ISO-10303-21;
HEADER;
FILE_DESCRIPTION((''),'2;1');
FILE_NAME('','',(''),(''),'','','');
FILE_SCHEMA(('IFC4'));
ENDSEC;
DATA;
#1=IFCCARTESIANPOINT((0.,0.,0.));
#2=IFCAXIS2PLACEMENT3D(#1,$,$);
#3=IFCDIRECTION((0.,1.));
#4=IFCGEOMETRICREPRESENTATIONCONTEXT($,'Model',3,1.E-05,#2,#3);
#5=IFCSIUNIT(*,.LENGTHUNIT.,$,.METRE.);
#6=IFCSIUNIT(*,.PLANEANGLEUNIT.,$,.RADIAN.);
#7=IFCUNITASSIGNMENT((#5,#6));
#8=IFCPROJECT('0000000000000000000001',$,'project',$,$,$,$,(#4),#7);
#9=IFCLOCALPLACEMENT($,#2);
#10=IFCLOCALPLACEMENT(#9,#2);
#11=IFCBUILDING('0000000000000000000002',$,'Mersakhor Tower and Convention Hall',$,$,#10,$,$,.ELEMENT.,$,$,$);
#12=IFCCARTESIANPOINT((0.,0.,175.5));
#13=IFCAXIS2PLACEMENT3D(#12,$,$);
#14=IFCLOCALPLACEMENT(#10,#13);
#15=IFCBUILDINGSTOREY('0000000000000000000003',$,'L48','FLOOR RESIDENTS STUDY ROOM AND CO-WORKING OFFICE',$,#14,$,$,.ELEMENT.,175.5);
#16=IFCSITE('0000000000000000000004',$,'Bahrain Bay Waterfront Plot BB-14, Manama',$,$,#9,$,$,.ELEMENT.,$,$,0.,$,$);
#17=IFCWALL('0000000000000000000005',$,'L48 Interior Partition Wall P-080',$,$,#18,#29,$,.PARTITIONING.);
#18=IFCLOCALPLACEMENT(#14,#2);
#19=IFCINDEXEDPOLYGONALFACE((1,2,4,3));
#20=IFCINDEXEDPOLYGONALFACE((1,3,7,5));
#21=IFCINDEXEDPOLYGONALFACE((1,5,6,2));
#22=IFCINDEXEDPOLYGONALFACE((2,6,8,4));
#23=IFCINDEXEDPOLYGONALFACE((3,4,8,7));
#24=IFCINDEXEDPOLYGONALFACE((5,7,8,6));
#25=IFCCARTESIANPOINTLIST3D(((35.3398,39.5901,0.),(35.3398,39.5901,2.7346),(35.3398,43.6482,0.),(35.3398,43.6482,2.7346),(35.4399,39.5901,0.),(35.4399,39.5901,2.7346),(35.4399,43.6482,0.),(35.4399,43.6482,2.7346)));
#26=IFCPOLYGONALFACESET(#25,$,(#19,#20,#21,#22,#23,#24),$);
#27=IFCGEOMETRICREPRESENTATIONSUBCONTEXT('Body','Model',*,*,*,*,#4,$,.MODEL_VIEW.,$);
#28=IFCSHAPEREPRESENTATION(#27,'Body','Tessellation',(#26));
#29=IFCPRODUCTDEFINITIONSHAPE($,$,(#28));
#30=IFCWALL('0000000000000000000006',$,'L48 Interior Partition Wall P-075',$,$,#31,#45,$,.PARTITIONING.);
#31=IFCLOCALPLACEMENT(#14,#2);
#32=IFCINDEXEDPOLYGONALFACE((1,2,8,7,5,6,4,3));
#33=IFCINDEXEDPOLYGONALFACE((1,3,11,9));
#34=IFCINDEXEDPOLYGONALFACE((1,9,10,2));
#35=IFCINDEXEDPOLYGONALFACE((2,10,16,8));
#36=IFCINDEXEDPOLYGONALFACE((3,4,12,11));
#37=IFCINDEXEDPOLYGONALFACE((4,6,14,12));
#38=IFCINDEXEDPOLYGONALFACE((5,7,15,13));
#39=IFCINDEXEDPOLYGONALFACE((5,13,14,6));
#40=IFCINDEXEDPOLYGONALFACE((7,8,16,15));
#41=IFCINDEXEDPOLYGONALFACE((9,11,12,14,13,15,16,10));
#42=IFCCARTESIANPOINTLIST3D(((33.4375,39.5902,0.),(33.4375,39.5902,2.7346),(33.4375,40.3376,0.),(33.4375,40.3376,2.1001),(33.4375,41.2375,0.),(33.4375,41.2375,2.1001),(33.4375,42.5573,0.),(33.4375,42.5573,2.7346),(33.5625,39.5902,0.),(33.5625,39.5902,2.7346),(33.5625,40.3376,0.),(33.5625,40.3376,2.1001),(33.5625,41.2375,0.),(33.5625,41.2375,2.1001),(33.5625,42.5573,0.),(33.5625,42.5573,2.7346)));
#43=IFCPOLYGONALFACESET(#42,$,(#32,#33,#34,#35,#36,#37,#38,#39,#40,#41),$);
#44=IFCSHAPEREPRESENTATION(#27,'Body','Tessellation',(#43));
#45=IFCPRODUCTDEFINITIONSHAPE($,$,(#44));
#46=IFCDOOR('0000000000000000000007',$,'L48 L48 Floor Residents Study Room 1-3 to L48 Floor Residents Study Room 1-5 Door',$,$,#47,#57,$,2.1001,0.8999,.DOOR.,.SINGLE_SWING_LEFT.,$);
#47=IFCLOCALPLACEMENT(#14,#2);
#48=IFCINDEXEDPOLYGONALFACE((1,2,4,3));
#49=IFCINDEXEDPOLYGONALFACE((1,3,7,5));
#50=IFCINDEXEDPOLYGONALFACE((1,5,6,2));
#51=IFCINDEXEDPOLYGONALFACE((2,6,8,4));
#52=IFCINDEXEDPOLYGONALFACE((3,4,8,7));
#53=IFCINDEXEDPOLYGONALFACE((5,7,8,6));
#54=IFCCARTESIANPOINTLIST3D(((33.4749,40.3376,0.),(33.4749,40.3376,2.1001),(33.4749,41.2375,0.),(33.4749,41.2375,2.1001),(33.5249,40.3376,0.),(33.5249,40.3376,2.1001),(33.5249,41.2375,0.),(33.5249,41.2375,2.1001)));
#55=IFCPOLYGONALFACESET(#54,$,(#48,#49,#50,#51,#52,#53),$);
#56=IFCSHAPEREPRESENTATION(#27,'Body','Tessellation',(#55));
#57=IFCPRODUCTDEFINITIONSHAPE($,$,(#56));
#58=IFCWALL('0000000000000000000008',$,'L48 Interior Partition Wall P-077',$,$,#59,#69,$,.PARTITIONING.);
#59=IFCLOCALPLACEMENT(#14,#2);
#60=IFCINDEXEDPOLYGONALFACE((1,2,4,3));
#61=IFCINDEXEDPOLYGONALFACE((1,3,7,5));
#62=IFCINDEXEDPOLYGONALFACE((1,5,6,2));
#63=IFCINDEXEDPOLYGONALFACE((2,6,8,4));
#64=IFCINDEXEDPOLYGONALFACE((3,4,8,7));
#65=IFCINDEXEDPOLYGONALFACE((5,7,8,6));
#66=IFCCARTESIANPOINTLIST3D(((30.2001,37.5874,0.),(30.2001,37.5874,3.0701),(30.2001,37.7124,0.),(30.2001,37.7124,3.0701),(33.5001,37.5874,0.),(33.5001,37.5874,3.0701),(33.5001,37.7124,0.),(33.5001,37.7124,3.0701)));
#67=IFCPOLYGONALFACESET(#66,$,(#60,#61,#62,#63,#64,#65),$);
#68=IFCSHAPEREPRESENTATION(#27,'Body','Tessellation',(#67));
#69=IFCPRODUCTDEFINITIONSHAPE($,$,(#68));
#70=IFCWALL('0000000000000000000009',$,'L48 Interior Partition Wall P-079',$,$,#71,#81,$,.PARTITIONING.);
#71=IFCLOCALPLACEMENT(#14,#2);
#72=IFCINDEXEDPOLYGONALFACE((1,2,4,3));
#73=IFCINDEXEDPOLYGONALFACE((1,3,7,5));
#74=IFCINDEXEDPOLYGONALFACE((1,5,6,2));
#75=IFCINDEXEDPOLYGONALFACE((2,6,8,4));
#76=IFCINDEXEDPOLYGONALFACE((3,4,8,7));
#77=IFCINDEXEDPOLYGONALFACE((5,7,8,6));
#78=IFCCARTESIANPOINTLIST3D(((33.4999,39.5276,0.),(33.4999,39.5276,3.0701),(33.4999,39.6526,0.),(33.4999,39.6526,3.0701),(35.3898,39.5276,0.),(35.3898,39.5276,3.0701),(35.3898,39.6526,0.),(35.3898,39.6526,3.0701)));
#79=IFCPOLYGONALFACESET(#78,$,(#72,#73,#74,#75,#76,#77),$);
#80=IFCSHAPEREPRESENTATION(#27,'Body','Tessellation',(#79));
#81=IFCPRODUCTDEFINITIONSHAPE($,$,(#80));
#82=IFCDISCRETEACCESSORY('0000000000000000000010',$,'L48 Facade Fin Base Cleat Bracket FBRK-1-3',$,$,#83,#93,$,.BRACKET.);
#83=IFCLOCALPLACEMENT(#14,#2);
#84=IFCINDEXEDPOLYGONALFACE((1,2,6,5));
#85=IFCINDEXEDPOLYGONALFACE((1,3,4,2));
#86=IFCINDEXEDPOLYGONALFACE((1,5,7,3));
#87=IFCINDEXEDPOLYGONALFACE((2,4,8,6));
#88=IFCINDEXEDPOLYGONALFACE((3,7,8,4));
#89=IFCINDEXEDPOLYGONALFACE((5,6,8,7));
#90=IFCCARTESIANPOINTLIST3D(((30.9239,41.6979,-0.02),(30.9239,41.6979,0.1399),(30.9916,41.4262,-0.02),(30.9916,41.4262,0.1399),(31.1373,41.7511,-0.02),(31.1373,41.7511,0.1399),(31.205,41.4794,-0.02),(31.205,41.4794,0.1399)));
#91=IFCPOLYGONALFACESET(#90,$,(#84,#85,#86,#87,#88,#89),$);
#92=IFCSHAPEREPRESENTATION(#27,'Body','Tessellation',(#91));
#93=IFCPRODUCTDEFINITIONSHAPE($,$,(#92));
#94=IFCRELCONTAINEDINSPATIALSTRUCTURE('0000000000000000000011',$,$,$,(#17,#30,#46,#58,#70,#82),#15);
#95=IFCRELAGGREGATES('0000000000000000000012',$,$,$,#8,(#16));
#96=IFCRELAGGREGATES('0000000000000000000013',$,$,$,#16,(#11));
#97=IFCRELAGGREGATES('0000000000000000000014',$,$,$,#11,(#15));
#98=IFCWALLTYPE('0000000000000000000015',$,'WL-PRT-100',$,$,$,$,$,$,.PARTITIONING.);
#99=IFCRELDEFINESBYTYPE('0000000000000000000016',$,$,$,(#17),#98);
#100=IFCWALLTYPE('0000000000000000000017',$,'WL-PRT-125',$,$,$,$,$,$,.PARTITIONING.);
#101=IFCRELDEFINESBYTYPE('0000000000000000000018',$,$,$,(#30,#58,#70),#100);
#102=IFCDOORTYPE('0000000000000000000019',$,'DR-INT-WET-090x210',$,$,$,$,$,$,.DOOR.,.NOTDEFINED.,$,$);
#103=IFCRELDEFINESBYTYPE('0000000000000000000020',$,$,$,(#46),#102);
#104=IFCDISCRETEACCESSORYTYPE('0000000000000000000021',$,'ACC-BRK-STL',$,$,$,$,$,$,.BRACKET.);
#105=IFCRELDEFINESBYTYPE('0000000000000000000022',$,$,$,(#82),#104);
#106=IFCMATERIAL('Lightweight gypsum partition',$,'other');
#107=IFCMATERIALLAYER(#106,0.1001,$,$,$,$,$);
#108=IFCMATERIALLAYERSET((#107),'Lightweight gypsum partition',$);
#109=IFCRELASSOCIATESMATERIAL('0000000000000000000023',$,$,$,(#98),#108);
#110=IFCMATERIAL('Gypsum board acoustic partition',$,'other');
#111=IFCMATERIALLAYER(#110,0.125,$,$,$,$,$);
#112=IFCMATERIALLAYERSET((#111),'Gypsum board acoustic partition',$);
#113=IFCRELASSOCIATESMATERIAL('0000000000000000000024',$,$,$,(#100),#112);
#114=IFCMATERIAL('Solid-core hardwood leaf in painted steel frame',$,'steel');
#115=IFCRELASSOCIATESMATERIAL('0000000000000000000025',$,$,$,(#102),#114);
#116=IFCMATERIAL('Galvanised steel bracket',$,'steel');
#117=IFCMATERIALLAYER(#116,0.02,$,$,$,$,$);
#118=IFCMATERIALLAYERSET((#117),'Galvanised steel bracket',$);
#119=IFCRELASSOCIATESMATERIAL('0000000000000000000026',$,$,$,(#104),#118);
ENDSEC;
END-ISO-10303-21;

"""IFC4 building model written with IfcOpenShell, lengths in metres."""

from ifc_helpers import new_model, si_unit, direction, frame, frame_2d, origin, origin_2d, place, context, subcontext, project, spatial, rectangle, extrude, material, layer, layer_set, type_object, element, fill, save


model = new_model("IFC4")

# Units and contexts
model_context = context("Model", 3, precision=1e-05, world=origin(), true_north=direction((0.0, 1.0)))
body_context = subcontext(model_context, "Body", "Model", "MODEL_VIEW")
ifc_project = project(units=[si_unit("LENGTHUNIT", "METRE"), si_unit("PLANEANGLEUNIT", "RADIAN")], contexts=[model_context])

# Site, building, storey
site_placement = place(None, origin())
site = spatial("IfcSite", under=ifc_project, at=site_placement, Name="Bahrain Bay Waterfront Plot BB-14, Manama", CompositionType="ELEMENT", RefElevation=0.0)
building_placement = place(site_placement, origin())
building = spatial("IfcBuilding", under=site, at=building_placement, Name="Mersakhor Tower and Convention Hall", CompositionType="ELEMENT")
storey_placement = place(building_placement, frame((0.0, 0.0, 175.5)))
storey = spatial("IfcBuildingStorey", under=building, at=storey_placement, Name="L48", Description="FLOOR RESIDENTS STUDY ROOM AND CO-WORKING OFFICE", CompositionType="ELEMENT", Elevation=175.5)

# Wall
ifc_material_1 = material(Name="Lightweight gypsum partition", Category="other")
ifc_layer_1 = layer(ifc_material_1, 0.1001)
ifc_layer_set_1 = layer_set([ifc_layer_1], Name="Lightweight gypsum partition")
wall_type_1 = type_object("IfcWallType", Name="WL-PRT-100", PredefinedType="PARTITIONING", material=ifc_layer_set_1)
wall_1_placement = place(storey_placement, frame((35.3899, 43.6482, 0.0), z_axis=(0.0, 0.0, 1.0), x_axis=(0.0, -1.0, 0.0)))
element("IfcWall", 1, at=wall_1_placement, inside=storey, type_object=wall_type_1, Name="L48 Interior Partition Wall P-080", PredefinedType="PARTITIONING", context=body_context, shape_type="SweptSolid", body=[
    extrude(rectangle(XDim=4.0581, YDim=0.1001, at=frame_2d((2.0291, 0.0))), origin(), (0.0, 0.0, 1.0), 2.7346),
])

# Wall, opening, door
ifc_material_2 = material(Name="Gypsum board acoustic partition", Category="other")
ifc_layer_2 = layer(ifc_material_2, 0.125)
ifc_layer_set_2 = layer_set([ifc_layer_2], Name="Gypsum board acoustic partition")
wall_type_2 = type_object("IfcWallType", Name="WL-PRT-125", PredefinedType="PARTITIONING", material=ifc_layer_set_2)
wall_2_placement = place(storey_placement, frame((33.5, 42.5571, 0.0), z_axis=(0.0, 0.0, 1.0), x_axis=(0.0, -1.0, 0.0)))
wall_2 = element("IfcWall", 2, at=wall_2_placement, inside=storey, type_object=wall_type_2, Name="L48 Interior Partition Wall P-075", PredefinedType="PARTITIONING", context=body_context, shape_type="SweptSolid", body=[
    extrude(rectangle(XDim=2.967, YDim=0.125, at=frame_2d((1.4834, 0.0))), origin(), (0.0, 0.0, 1.0), 2.7346),
])
opening_1_placement = place(wall_2_placement, frame((1.3196, 0.0, 0.0)))
opening_1 = element("IfcOpeningElement", 3, at=opening_1_placement, cuts=wall_2, PredefinedType="OPENING", context=body_context, shape_type="SweptSolid", body=[
    extrude(rectangle(XDim=0.8999, YDim=2.1001, at=frame_2d((0.45, 1.05))), frame((0.0, 0.0725, 0.0), z_axis=(0.0, -1.0, 0.0), x_axis=(1.0, 0.0, 0.0)), (0.0, 0.0, 1.0), 0.145),
])
ifc_material_3 = material(Name="Solid-core hardwood leaf in painted steel frame", Category="steel")
door_type_1 = type_object("IfcDoorType", Name="DR-INT-WET-090x210", OperationType="NOTDEFINED", PredefinedType="DOOR", material=ifc_material_3)
door_1_placement = place(opening_1_placement, origin())
door_1 = element("IfcDoor", 4, at=door_1_placement, inside=storey, type_object=door_type_1, Name="L48 L48 Floor Residents Study Room 1-3 to L48 Floor Residents Study Room 1-5 Door", OperationType="SINGLE_SWING_LEFT", OverallHeight=2.1001, OverallWidth=0.8999, PredefinedType="DOOR", context=body_context, shape_type="SweptSolid", body=[
    extrude(rectangle(XDim=0.8999, YDim=2.1001, at=frame_2d((0.45, 1.05))), frame((0.0, 0.0249, 0.0), z_axis=(0.0, -1.0, 0.0), x_axis=(1.0, 0.0, 0.0)), (0.0, 0.0, 1.0), 0.05),
])
fill(opening_1, door_1)

# Walls
wall_3_placement = place(storey_placement, frame((33.5, 37.6499, 0.0), z_axis=(0.0, 0.0, 1.0), x_axis=(-1.0, 0.0, 0.0)))
element("IfcWall", 5, at=wall_3_placement, inside=storey, type_object=wall_type_2, Name="L48 Interior Partition Wall P-077", PredefinedType="PARTITIONING", context=body_context, shape_type="SweptSolid", body=[
    extrude(rectangle(XDim=3.3, YDim=0.125, at=frame_2d((1.6499, 0.0))), origin(), (0.0, 0.0, 1.0), 3.0701),
])
wall_4_placement = place(storey_placement, frame((33.5, 39.5901, 0.0), z_axis=(0.0, 0.0, 1.0), x_axis=(1.0, 0.0, 0.0)))
element("IfcWall", 6, at=wall_4_placement, inside=storey, type_object=wall_type_2, Name="L48 Interior Partition Wall P-079", PredefinedType="PARTITIONING", context=body_context, shape_type="SweptSolid", body=[
    extrude(rectangle(XDim=1.8899, YDim=0.125, at=frame_2d((0.9448, 0.0))), origin(), (0.0, 0.0, 1.0), 3.0701),
])

# Discrete accessory
ifc_material_4 = material(Name="Galvanised steel bracket", Category="steel")
ifc_layer_3 = layer(ifc_material_4, 0.02)
ifc_layer_set_3 = layer_set([ifc_layer_3], Name="Galvanised steel bracket")
discrete_accessory_type = type_object("IfcDiscreteAccessoryType", Name="ACC-BRK-STL", PredefinedType="BRACKET", material=ifc_layer_set_3)
discrete_accessory_placement = place(storey_placement, frame((31.0645, 41.5886, -0.02), z_axis=(0.0, 0.0, 1.0), x_axis=(-0.241922, 0.970296, 0.0)))
element("IfcDiscreteAccessory", 7, at=discrete_accessory_placement, inside=storey, type_object=discrete_accessory_type, Name="L48 Facade Fin Base Cleat Bracket FBRK-1-3", PredefinedType="BRACKET", context=body_context, shape_type="SweptSolid", body=[
    extrude(rectangle(XDim=0.28, YDim=0.22, at=origin_2d()), origin(), (0.0, 0.0, 1.0), 0.1599),
])

save(model, "model.ifc")
